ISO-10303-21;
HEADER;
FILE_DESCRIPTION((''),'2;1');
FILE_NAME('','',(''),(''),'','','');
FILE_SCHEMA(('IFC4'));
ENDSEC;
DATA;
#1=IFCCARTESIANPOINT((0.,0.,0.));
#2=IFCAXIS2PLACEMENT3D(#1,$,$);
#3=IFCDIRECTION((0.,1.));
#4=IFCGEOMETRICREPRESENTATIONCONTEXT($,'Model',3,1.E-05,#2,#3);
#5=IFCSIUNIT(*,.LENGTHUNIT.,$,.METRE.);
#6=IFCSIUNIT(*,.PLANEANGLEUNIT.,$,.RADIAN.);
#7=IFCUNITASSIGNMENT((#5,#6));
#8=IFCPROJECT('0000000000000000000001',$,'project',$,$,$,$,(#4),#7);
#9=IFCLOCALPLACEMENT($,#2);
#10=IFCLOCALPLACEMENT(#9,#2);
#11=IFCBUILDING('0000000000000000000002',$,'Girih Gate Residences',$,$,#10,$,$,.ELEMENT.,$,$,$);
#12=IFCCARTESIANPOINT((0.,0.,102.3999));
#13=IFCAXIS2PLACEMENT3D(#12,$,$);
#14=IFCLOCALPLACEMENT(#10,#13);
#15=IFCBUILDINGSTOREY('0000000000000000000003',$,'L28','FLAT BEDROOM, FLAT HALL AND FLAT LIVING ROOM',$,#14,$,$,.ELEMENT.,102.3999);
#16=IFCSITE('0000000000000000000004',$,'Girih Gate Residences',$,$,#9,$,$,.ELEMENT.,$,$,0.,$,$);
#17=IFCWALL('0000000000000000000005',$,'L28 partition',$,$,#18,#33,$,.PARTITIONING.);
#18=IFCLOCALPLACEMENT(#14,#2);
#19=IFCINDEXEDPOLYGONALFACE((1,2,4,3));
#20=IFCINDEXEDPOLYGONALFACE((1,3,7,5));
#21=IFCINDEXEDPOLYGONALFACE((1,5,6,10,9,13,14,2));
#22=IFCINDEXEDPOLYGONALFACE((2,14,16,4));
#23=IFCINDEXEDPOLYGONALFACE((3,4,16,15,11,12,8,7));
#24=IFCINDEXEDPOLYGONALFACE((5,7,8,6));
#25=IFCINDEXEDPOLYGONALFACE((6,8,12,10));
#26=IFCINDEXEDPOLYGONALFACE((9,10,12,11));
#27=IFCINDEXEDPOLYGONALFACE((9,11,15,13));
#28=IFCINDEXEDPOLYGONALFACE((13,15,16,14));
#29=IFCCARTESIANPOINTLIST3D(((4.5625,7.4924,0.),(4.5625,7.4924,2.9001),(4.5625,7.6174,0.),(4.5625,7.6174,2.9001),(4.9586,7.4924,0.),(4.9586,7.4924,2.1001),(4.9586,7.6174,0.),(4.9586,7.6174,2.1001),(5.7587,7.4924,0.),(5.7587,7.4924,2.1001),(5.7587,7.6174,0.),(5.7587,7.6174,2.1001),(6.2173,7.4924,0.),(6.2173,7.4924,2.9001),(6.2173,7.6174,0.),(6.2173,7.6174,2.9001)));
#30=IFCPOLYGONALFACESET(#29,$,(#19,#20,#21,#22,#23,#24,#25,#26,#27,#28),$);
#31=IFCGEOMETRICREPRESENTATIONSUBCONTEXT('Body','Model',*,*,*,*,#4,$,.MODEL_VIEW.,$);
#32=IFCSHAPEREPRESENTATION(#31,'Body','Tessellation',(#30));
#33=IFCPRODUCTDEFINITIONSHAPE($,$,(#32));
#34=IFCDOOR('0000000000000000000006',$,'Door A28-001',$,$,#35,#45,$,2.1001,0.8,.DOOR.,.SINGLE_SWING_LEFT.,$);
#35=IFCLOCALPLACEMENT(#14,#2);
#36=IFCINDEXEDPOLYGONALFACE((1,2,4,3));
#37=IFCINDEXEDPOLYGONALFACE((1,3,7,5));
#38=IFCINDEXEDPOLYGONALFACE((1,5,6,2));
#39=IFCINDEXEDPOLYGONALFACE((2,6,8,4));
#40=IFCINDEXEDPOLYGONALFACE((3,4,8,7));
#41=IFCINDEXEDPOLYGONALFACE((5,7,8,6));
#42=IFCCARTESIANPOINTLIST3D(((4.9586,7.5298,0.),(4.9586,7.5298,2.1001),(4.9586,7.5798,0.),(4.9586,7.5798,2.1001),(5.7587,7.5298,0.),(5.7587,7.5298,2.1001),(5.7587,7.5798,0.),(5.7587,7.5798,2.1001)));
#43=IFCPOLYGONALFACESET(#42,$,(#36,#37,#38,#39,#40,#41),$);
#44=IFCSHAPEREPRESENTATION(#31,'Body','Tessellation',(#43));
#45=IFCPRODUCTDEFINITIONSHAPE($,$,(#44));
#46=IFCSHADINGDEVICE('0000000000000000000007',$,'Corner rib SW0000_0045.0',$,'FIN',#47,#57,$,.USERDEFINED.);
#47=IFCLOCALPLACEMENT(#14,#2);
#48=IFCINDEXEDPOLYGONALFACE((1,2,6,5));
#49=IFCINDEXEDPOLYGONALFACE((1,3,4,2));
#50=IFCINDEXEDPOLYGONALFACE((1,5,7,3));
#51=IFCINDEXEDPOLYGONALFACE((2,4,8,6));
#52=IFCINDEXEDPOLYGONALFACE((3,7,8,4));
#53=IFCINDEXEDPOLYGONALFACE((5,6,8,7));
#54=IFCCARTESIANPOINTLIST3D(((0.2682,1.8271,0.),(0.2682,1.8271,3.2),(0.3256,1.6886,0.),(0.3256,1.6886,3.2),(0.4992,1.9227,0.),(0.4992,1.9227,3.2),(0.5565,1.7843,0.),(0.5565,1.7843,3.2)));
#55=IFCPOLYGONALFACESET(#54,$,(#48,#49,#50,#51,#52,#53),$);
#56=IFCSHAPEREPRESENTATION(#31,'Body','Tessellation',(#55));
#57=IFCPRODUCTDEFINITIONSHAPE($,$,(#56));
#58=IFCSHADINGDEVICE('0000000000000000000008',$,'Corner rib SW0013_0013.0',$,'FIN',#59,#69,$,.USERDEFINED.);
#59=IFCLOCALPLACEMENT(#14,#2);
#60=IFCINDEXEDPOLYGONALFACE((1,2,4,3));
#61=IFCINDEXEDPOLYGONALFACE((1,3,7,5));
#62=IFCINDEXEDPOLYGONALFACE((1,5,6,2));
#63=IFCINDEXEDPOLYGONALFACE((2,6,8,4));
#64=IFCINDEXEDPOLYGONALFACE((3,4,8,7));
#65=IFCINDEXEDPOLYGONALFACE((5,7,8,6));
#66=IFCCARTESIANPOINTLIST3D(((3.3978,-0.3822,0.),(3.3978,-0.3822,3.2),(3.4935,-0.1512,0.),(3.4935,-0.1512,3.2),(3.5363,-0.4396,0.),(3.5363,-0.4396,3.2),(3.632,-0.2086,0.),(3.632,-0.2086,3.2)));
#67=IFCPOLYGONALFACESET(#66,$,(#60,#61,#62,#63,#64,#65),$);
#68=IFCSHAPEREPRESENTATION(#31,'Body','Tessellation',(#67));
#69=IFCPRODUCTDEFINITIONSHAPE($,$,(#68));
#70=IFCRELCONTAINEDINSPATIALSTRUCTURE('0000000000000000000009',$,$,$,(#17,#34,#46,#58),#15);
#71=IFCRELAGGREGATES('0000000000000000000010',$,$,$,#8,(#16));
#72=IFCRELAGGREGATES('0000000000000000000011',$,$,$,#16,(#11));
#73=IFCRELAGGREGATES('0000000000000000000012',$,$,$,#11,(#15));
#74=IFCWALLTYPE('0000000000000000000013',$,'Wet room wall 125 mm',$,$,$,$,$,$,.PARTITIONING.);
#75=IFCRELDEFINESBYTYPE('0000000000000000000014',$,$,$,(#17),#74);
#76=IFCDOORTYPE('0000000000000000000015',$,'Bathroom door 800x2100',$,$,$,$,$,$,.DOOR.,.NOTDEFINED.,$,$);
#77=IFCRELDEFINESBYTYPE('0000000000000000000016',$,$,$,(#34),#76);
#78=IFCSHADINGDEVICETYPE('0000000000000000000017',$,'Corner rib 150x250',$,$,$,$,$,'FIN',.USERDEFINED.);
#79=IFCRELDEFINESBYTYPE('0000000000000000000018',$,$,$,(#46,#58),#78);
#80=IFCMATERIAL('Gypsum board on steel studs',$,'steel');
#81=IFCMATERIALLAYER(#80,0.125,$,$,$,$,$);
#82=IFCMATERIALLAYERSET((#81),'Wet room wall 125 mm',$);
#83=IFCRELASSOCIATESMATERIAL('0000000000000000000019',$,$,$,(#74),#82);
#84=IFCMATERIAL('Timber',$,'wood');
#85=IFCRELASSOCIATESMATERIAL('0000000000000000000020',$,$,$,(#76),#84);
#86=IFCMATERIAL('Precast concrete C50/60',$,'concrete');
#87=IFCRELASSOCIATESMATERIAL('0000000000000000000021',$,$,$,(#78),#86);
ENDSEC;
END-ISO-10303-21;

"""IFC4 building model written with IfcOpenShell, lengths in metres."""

from ifc_helpers import new_model, si_unit, direction, frame, frame_2d, origin, origin_2d, place, context, subcontext, project, spatial, rectangle, extrude, material, layer, layer_set, type_object, element, fill, save


model = new_model("IFC4")

# Units and contexts
model_context = context("Model", 3, precision=1e-05, world=origin(), true_north=direction((0.0, 1.0)))
body_context = subcontext(model_context, "Body", "Model", "MODEL_VIEW")
ifc_project = project(units=[si_unit("LENGTHUNIT", "METRE"), si_unit("PLANEANGLEUNIT", "RADIAN")], contexts=[model_context])

# Site, building, storey
site_placement = place(None, origin())
site = spatial("IfcSite", under=ifc_project, at=site_placement, Name="Girih Gate Residences", CompositionType="ELEMENT", RefElevation=0.0)
building_placement = place(site_placement, origin())
building = spatial("IfcBuilding", under=site, at=building_placement, Name="Girih Gate Residences", CompositionType="ELEMENT")
storey_placement = place(building_placement, frame((0.0, 0.0, 102.3999)))
storey = spatial("IfcBuildingStorey", under=building, at=storey_placement, Name="L28", Description="FLAT BEDROOM, FLAT HALL AND FLAT LIVING ROOM", CompositionType="ELEMENT", Elevation=102.3999)

# Shared definitions
ifc_material_1 = material(Name="Gypsum board on steel studs", Category="steel")

# Shared definitions
ifc_material_2 = material(Name="Timber", Category="wood")

# Shared definitions
ifc_material_3 = material(Name="Precast concrete C50/60", Category="concrete")

# Wall, opening, door
ifc_layer_1 = layer(ifc_material_1, 0.125)
ifc_layer_set_1 = layer_set([ifc_layer_1], Name="Wet room wall 125 mm")
wall_type_1 = type_object("IfcWallType", Name="Wet room wall 125 mm", PredefinedType="PARTITIONING", material=ifc_layer_set_1)
wall_1_placement = place(storey_placement, frame((4.5625, 7.5549, 0.0), z_axis=(0.0, 0.0, 1.0), x_axis=(1.0, 0.0, 0.0)))
wall_1 = element("IfcWall", 1, at=wall_1_placement, inside=storey, type_object=wall_type_1, Name="L28 partition", PredefinedType="PARTITIONING", context=body_context, shape_type="SweptSolid", body=[
    extrude(rectangle(XDim=1.6548, YDim=0.125, at=frame_2d((0.8274, 0.0))), origin(), (0.0, 0.0, 1.0), 2.9001),
])
opening_1_placement = place(wall_1_placement, frame((0.3962, 0.0, 0.0)))
opening_1 = element("IfcOpeningElement", 2, at=opening_1_placement, cuts=wall_1, PredefinedType="OPENING", context=body_context, shape_type="SweptSolid", body=[
    extrude(rectangle(XDim=0.8, YDim=2.1001, at=frame_2d((0.3999, 1.05))), frame((0.0, 0.0725, 0.0), z_axis=(0.0, -1.0, 0.0), x_axis=(1.0, 0.0, 0.0)), (0.0, 0.0, 1.0), 0.145),
])
door_type_1 = type_object("IfcDoorType", Name="Bathroom door 800x2100", OperationType="NOTDEFINED", PredefinedType="DOOR", material=ifc_material_2)
door_1_placement = place(opening_1_placement, origin())
door_1 = element("IfcDoor", 3, at=door_1_placement, inside=storey, type_object=door_type_1, Name="Door A28-001", OperationType="SINGLE_SWING_LEFT", OverallHeight=2.1001, OverallWidth=0.8, PredefinedType="DOOR", context=body_context, shape_type="SweptSolid", body=[
    extrude(rectangle(XDim=0.8, YDim=2.1001, at=frame_2d((0.3999, 1.05))), frame((0.0, 0.0249, 0.0), z_axis=(0.0, -1.0, 0.0), x_axis=(1.0, 0.0, 0.0)), (0.0, 0.0, 1.0), 0.05),
])
fill(opening_1, door_1)

# Shading devices
shading_device_type = type_object("IfcShadingDeviceType", Name="Corner rib 150x250", ElementType="FIN", PredefinedType="USERDEFINED", material=ifc_material_3)
for number, where, z_axis, x_axis, name in (
    (4, (0.4124, 1.8057, 0.0), (0.0, 0.0, 1.0), (0.382683, -0.92388, 0.0), "Corner rib SW0000_0045.0"),
    (5, (3.5149, -0.2954, 0.0), (0.0, 0.0, 1.0), (0.92388, -0.382683, 0.0), "Corner rib SW0013_0013.0"),
):
    element("IfcShadingDevice", number, at=place(storey_placement, frame(where, z_axis=z_axis, x_axis=x_axis)), inside=storey, type_object=shading_device_type, Name=name, ObjectType="FIN", PredefinedType="USERDEFINED", context=body_context, shape_type="SweptSolid", body=[
        extrude(rectangle(XDim=0.1499, YDim=0.25, at=origin_2d()), origin(), (0.0, 0.0, 1.0), 3.2),
    ])

save(model, "model.ifc")
